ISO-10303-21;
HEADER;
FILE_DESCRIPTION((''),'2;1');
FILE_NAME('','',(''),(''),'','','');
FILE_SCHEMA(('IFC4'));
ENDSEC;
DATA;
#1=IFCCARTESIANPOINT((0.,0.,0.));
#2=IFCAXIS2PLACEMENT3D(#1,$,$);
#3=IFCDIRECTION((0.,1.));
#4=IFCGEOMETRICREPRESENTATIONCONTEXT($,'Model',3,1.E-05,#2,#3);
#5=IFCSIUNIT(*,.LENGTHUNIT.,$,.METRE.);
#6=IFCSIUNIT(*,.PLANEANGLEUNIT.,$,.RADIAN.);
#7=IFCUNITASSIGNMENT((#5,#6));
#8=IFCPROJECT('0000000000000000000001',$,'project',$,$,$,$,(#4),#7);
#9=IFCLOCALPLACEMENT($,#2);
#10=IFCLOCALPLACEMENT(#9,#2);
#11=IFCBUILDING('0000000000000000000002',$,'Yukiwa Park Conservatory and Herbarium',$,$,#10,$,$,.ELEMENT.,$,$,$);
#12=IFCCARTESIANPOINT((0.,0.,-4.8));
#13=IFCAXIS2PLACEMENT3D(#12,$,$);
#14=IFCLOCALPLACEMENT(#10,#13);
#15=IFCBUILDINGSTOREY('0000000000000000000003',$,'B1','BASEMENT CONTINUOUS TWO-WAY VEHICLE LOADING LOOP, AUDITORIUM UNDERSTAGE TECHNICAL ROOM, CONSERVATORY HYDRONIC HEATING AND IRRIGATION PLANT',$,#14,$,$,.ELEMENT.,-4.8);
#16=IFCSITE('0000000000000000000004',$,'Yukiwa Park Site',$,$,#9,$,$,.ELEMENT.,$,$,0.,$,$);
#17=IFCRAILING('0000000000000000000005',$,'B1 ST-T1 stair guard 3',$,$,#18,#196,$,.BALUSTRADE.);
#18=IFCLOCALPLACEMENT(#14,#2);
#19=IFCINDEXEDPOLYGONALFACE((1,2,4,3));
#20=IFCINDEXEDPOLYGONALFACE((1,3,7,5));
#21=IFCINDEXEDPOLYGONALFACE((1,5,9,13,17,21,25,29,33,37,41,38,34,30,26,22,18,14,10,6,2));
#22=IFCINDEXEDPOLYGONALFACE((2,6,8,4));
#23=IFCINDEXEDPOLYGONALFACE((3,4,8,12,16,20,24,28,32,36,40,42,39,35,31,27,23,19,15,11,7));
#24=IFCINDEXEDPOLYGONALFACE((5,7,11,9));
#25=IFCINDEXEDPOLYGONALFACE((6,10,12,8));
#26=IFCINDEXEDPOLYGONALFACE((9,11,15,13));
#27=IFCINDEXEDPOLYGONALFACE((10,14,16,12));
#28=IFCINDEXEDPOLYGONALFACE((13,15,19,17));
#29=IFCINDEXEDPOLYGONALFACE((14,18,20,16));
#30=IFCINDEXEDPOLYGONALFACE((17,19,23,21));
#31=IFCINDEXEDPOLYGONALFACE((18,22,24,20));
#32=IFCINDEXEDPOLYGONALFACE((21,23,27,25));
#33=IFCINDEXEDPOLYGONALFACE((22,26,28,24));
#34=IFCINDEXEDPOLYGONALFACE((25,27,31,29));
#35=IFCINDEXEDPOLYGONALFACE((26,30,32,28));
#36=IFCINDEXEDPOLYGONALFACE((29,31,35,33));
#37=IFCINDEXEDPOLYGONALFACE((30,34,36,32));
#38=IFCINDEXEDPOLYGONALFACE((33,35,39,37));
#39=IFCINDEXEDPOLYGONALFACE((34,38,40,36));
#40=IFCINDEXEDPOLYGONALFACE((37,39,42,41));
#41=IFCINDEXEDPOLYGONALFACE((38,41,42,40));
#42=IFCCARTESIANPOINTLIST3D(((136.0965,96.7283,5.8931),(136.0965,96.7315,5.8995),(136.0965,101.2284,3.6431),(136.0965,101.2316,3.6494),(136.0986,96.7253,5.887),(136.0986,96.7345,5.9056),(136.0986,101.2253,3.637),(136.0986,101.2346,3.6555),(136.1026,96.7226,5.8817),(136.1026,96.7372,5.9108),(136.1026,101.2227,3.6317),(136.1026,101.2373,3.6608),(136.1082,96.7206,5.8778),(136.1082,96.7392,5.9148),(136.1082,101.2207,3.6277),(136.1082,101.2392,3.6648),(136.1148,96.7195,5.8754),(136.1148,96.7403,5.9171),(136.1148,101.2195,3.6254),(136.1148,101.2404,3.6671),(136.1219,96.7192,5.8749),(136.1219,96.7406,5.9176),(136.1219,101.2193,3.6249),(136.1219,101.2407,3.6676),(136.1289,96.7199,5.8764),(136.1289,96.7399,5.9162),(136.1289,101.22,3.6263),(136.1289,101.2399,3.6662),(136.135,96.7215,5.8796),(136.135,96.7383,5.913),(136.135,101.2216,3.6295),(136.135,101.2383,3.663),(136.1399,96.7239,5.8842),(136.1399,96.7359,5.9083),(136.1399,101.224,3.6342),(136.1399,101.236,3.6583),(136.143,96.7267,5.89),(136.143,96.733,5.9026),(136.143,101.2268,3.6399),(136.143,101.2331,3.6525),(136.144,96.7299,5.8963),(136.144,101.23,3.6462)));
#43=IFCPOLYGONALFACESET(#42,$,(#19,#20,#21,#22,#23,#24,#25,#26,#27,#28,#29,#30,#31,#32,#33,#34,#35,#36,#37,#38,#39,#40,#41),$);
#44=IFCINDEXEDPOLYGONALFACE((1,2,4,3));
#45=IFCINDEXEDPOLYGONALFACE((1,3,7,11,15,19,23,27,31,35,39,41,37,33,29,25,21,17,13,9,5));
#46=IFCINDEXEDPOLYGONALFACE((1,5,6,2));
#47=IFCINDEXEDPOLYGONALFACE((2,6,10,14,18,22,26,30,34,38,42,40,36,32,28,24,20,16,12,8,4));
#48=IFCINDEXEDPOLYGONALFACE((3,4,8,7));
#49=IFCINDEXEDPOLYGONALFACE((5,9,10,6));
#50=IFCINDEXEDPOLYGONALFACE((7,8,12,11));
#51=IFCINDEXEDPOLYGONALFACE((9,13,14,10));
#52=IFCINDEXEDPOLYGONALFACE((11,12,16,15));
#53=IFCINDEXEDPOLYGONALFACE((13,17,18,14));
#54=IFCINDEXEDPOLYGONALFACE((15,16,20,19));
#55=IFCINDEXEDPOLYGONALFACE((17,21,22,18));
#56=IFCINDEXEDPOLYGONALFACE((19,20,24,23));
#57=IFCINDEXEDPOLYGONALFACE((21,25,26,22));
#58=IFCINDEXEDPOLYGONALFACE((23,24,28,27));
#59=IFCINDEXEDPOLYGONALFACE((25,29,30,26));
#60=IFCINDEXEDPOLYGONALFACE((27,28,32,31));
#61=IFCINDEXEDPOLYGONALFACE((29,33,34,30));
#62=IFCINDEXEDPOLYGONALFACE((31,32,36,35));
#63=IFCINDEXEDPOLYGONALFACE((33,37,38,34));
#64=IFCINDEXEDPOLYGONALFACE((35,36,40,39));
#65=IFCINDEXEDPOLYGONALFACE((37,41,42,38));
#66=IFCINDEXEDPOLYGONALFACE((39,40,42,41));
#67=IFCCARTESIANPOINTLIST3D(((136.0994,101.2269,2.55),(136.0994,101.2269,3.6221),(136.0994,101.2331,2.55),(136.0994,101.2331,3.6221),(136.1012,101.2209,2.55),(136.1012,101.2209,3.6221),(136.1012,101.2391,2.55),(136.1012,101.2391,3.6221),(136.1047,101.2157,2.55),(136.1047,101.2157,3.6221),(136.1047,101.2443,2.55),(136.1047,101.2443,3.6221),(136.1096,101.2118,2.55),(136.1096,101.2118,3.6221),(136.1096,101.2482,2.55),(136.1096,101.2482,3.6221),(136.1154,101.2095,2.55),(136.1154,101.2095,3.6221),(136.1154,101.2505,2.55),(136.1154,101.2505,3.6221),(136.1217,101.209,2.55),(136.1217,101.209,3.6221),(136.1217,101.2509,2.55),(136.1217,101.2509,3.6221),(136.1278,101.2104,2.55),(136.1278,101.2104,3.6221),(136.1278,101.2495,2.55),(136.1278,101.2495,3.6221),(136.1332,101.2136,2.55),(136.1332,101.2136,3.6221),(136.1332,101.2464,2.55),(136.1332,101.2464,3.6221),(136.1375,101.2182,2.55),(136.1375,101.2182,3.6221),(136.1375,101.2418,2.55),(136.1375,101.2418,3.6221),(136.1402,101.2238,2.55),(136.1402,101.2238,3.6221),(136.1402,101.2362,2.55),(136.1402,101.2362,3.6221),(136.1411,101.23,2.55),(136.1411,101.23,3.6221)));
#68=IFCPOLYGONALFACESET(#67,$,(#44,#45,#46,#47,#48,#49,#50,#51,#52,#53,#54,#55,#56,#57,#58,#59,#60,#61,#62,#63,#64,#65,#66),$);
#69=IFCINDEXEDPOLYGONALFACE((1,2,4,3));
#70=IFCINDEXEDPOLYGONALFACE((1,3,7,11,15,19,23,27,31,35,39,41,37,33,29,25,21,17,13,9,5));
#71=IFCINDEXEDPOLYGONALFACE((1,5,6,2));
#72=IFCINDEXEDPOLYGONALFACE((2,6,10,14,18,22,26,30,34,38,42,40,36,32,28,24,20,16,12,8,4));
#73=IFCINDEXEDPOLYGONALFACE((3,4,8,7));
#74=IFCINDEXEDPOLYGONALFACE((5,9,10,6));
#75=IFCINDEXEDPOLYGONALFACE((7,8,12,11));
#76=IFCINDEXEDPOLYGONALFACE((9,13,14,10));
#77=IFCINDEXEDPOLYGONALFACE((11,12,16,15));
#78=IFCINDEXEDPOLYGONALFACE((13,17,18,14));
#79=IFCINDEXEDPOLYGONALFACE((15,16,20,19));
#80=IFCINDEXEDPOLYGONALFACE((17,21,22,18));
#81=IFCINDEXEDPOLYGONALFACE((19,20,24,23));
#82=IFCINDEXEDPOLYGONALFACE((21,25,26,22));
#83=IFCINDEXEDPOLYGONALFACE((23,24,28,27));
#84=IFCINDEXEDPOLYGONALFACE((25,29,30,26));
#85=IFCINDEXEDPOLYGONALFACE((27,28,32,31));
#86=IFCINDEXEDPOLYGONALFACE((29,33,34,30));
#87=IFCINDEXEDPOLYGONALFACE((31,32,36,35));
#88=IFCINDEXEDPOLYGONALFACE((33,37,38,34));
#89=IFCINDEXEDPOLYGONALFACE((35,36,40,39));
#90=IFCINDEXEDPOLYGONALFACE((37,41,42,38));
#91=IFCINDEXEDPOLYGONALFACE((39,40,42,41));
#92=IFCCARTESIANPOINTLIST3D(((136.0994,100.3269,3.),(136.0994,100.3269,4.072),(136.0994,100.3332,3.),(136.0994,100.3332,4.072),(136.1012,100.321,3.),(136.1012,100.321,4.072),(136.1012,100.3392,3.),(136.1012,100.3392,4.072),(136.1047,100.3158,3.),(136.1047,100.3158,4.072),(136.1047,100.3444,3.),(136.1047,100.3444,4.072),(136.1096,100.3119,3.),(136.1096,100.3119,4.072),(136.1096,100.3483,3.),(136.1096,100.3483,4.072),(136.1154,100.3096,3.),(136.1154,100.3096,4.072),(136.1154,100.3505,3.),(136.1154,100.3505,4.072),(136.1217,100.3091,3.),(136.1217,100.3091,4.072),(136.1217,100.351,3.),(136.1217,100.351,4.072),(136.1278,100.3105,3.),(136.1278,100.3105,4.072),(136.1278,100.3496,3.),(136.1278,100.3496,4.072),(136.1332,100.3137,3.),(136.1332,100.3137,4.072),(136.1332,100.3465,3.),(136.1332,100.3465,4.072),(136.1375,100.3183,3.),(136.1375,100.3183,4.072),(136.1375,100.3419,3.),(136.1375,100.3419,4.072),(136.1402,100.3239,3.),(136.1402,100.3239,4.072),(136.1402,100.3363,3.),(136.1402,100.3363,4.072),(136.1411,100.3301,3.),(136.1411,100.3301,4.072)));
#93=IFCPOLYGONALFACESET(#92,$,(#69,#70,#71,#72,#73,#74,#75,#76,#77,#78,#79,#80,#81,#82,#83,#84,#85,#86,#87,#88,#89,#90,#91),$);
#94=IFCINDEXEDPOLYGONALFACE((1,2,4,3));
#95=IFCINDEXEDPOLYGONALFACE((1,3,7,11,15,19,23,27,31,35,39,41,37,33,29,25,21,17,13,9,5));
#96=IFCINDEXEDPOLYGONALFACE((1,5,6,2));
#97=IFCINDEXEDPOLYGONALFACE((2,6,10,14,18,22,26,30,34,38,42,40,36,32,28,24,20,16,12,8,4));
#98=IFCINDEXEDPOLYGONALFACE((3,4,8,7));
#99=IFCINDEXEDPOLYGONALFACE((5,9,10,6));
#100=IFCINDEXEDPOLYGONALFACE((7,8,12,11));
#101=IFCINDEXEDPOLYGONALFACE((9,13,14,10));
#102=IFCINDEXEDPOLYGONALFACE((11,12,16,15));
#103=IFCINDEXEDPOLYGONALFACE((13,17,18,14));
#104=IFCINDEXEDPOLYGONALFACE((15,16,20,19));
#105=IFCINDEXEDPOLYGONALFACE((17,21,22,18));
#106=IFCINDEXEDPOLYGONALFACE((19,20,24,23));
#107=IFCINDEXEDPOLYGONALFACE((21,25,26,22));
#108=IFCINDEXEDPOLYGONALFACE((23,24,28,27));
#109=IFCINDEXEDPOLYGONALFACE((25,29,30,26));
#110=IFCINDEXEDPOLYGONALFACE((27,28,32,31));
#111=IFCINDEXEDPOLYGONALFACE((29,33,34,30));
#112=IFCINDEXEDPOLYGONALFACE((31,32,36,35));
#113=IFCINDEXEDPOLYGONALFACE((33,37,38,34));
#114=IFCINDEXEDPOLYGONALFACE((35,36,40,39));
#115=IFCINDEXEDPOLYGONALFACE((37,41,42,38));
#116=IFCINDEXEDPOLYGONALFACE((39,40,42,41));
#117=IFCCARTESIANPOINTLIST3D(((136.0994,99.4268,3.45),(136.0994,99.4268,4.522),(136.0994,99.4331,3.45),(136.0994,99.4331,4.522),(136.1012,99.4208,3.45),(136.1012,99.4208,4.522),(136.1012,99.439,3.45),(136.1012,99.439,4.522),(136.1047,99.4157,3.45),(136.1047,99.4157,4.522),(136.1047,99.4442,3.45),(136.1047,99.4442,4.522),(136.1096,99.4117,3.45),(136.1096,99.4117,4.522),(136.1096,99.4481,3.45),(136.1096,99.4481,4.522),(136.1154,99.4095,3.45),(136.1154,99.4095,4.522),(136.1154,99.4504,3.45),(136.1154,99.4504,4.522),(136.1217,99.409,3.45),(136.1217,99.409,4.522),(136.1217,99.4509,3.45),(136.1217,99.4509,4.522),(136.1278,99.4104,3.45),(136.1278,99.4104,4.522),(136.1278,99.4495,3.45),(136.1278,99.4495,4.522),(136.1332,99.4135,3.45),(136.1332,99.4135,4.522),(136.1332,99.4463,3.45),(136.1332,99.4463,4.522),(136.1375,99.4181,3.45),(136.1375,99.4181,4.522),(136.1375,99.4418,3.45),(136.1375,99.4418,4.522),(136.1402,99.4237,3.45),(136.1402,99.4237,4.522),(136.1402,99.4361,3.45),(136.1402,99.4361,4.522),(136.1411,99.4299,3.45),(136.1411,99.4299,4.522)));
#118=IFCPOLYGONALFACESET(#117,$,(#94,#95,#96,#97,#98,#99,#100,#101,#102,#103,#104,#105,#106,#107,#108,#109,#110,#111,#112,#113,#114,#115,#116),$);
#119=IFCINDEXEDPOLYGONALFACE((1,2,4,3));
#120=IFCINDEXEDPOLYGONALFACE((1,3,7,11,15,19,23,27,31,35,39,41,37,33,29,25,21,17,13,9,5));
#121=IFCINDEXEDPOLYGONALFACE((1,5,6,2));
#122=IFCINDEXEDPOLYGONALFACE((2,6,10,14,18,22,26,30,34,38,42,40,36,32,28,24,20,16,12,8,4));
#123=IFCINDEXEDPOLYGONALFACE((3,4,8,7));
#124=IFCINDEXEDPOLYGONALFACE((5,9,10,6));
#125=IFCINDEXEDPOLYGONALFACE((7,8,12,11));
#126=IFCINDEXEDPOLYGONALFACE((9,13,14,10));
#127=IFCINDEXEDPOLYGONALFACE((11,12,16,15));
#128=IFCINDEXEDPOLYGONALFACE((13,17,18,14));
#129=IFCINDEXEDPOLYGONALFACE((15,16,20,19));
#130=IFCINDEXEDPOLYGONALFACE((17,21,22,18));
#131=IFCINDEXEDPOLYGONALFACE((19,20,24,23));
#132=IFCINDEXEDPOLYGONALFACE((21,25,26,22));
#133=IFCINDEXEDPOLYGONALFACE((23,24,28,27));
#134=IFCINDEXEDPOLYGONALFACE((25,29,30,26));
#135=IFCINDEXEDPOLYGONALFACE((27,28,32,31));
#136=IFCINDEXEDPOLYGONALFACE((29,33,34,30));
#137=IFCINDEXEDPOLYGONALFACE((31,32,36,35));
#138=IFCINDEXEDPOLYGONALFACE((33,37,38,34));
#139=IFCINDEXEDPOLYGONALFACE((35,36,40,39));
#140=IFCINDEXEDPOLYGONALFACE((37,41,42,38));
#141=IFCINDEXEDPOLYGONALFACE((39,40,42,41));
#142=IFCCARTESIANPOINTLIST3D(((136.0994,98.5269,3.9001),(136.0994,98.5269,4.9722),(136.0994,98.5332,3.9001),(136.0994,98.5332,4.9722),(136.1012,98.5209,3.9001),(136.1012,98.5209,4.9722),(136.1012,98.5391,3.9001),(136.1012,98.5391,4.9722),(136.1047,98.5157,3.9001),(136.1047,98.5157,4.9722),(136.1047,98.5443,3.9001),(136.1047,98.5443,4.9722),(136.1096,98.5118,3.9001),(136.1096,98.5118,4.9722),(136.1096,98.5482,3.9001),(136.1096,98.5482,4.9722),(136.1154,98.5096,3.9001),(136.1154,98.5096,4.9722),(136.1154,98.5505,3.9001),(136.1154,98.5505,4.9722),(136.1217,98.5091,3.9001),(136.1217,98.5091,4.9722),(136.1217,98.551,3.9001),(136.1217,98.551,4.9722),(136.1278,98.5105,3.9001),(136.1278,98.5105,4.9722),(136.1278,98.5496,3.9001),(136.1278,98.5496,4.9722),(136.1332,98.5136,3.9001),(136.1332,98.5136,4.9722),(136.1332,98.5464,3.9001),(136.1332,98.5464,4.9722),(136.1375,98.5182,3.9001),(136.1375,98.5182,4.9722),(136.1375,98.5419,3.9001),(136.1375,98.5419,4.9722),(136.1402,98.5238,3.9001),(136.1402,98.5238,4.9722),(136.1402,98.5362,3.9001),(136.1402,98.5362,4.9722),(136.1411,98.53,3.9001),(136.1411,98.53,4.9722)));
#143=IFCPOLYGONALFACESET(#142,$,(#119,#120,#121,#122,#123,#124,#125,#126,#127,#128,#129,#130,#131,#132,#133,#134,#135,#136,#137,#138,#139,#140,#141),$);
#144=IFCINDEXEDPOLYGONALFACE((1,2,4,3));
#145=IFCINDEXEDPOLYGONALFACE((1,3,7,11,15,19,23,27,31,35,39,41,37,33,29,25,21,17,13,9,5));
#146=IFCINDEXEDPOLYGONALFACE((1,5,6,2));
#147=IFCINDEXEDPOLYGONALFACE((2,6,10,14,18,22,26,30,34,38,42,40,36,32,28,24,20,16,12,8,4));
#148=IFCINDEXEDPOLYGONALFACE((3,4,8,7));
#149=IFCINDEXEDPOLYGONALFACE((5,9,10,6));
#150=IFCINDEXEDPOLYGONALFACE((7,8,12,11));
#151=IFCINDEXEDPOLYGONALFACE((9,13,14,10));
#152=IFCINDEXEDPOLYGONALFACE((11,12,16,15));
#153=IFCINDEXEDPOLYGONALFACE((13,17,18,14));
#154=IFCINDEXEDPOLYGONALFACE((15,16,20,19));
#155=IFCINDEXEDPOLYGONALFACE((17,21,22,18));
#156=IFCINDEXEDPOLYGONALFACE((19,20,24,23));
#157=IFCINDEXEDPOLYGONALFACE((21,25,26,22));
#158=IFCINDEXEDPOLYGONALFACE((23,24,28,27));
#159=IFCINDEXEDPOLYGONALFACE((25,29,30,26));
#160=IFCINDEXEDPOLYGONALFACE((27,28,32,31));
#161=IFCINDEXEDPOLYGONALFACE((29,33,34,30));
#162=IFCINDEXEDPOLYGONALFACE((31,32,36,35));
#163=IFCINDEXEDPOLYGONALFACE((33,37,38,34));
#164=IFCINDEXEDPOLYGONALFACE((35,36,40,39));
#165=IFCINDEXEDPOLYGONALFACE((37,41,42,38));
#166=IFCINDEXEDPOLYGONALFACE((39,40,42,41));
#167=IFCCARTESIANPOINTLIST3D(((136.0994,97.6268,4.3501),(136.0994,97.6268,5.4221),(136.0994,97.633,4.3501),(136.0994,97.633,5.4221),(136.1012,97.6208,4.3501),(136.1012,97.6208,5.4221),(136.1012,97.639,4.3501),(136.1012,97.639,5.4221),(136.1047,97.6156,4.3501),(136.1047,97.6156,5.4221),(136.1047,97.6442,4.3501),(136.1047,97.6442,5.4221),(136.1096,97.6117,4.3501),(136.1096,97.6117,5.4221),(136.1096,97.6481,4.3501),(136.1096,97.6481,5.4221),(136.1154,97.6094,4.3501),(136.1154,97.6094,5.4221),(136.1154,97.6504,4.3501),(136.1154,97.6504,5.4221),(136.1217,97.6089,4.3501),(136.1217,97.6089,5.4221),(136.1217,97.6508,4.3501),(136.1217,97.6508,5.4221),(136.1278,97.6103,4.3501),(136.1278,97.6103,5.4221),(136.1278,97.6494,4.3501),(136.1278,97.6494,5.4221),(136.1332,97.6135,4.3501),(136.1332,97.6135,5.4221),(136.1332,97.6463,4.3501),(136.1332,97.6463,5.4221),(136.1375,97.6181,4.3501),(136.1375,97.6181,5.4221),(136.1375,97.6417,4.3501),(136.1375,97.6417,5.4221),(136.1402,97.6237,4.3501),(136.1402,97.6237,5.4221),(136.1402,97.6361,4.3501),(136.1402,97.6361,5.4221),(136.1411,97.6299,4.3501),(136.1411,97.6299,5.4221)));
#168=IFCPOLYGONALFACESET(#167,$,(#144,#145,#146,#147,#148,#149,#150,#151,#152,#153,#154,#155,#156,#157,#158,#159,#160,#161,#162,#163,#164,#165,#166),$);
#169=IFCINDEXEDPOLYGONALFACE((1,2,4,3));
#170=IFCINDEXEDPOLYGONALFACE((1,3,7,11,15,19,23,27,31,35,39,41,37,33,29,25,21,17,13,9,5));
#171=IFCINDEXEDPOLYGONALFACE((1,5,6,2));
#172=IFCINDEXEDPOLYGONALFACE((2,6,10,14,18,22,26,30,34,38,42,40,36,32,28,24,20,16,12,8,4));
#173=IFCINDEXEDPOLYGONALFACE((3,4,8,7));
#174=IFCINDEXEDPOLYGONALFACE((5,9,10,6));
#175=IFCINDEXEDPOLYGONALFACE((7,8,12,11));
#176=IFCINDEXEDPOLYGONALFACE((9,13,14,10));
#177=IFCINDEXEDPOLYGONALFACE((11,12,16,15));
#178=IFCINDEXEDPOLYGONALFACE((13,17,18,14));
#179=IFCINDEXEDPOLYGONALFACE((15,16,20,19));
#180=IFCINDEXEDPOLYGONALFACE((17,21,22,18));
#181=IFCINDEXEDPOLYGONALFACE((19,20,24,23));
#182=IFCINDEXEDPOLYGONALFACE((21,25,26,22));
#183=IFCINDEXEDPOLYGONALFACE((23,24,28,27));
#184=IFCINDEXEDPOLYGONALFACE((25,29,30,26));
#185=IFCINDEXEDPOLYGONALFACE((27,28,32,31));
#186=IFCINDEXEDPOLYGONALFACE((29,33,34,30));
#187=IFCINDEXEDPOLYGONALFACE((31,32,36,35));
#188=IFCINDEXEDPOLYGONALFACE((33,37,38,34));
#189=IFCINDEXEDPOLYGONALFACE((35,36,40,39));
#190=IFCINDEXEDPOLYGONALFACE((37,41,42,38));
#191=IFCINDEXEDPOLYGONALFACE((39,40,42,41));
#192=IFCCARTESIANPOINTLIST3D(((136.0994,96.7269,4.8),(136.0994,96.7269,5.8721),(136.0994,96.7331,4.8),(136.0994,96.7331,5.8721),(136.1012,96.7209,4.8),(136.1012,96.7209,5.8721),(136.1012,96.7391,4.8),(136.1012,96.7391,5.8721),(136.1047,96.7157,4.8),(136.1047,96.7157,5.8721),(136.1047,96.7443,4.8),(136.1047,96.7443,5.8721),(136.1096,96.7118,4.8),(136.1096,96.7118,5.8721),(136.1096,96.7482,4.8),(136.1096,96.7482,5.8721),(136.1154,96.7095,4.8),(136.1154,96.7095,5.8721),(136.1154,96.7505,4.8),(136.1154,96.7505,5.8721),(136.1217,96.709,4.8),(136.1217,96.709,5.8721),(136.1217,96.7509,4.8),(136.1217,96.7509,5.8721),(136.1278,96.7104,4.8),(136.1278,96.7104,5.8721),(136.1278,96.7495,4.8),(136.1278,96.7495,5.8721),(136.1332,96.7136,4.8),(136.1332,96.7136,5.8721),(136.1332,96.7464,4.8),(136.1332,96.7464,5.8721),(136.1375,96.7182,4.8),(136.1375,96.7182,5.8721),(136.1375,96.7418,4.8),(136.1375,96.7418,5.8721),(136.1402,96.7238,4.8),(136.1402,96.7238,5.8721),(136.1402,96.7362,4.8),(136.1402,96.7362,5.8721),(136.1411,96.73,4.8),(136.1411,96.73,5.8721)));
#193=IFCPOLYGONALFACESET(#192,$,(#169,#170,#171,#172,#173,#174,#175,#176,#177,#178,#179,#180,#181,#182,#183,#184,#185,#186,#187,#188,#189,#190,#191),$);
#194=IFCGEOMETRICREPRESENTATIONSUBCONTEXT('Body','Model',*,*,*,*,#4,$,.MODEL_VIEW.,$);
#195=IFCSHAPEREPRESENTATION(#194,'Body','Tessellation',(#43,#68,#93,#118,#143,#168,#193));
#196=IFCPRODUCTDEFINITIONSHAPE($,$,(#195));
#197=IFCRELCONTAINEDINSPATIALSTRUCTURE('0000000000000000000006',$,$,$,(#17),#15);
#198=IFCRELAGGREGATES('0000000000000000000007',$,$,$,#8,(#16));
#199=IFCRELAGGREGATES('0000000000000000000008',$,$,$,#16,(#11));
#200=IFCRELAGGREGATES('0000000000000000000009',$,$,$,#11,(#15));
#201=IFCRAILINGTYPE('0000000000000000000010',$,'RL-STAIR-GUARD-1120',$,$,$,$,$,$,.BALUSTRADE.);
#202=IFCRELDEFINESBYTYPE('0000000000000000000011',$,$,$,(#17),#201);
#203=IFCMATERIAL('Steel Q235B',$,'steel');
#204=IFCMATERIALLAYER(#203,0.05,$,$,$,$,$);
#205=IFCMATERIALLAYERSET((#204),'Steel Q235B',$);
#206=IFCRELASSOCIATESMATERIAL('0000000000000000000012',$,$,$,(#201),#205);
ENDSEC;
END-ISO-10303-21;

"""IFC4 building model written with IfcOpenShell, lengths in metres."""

from ifc_helpers import new_model, si_unit, direction, frame, origin, origin_2d, place, context, subcontext, project, spatial, circle, extrude, material, layer, layer_set, type_object, element, save


model = new_model("IFC4")

# Units and contexts
model_context = context("Model", 3, precision=1e-05, world=origin(), true_north=direction((0.0, 1.0)))
body_context = subcontext(model_context, "Body", "Model", "MODEL_VIEW")
ifc_project = project(units=[si_unit("LENGTHUNIT", "METRE"), si_unit("PLANEANGLEUNIT", "RADIAN")], contexts=[model_context])

# Site, building, storey
site_placement = place(None, origin())
site = spatial("IfcSite", under=ifc_project, at=site_placement, Name="Yukiwa Park Site", CompositionType="ELEMENT", RefElevation=0.0)
building_placement = place(site_placement, origin())
building = spatial("IfcBuilding", under=site, at=building_placement, Name="Yukiwa Park Conservatory and Herbarium", CompositionType="ELEMENT")
storey_placement = place(building_placement, frame((0.0, 0.0, -4.8)))
storey = spatial("IfcBuildingStorey", under=building, at=storey_placement, Name="B1", Description="BASEMENT CONTINUOUS TWO-WAY VEHICLE LOADING LOOP, AUDITORIUM UNDERSTAGE TECHNICAL ROOM, CONSERVATORY HYDRONIC HEATING AND IRRIGATION PLANT", CompositionType="ELEMENT", Elevation=-4.8)

# Railing
ifc_material_1 = material(Name="Steel Q235B", Category="steel")
ifc_layer_1 = layer(ifc_material_1, 0.05)
ifc_layer_set_1 = layer_set([ifc_layer_1], Name="Steel Q235B")
railing_type_1 = type_object("IfcRailingType", Name="RL-STAIR-GUARD-1120", PredefinedType="BALUSTRADE", material=ifc_layer_set_1)
for number, where, name in (
    (1, (136.1201, 101.23, 2.55), "B1 ST-T1 stair guard 3"),
):
    element("IfcRailing", number, at=place(storey_placement, frame(where)), inside=storey, type_object=railing_type_1, Name=name, PredefinedType="BALUSTRADE", context=body_context, shape_type="SweptSolid", body=[
        extrude(circle(Radius=0.0239, at=origin_2d()), frame((0.0, 0.0, 1.0962), z_axis=(0.0, -0.894427, 0.447214), x_axis=(1.0, 0.0, 0.0)), (0.0, 0.0, 1.0), 5.0312),
        extrude(circle(Radius=0.021, at=origin_2d()), origin(), (0.0, 0.0, 1.0), 1.072),
        extrude(circle(Radius=0.021, at=origin_2d()), frame((0.0, -0.8999, 0.45)), (0.0, 0.0, 1.0), 1.072),
        extrude(circle(Radius=0.021, at=origin_2d()), frame((0.0, -1.8, 0.8999)), (0.0, 0.0, 1.0), 1.072),
        extrude(circle(Radius=0.021, at=origin_2d()), frame((0.0, -2.7, 1.3501)), (0.0, 0.0, 1.0), 1.072),
        extrude(circle(Radius=0.021, at=origin_2d()), frame((0.0, -3.6001, 1.8)), (0.0, 0.0, 1.0), 1.072),
        extrude(circle(Radius=0.021, at=origin_2d()), frame((0.0, -4.5, 2.25)), (0.0, 0.0, 1.0), 1.072),
    ])

save(model, "model.ifc")
